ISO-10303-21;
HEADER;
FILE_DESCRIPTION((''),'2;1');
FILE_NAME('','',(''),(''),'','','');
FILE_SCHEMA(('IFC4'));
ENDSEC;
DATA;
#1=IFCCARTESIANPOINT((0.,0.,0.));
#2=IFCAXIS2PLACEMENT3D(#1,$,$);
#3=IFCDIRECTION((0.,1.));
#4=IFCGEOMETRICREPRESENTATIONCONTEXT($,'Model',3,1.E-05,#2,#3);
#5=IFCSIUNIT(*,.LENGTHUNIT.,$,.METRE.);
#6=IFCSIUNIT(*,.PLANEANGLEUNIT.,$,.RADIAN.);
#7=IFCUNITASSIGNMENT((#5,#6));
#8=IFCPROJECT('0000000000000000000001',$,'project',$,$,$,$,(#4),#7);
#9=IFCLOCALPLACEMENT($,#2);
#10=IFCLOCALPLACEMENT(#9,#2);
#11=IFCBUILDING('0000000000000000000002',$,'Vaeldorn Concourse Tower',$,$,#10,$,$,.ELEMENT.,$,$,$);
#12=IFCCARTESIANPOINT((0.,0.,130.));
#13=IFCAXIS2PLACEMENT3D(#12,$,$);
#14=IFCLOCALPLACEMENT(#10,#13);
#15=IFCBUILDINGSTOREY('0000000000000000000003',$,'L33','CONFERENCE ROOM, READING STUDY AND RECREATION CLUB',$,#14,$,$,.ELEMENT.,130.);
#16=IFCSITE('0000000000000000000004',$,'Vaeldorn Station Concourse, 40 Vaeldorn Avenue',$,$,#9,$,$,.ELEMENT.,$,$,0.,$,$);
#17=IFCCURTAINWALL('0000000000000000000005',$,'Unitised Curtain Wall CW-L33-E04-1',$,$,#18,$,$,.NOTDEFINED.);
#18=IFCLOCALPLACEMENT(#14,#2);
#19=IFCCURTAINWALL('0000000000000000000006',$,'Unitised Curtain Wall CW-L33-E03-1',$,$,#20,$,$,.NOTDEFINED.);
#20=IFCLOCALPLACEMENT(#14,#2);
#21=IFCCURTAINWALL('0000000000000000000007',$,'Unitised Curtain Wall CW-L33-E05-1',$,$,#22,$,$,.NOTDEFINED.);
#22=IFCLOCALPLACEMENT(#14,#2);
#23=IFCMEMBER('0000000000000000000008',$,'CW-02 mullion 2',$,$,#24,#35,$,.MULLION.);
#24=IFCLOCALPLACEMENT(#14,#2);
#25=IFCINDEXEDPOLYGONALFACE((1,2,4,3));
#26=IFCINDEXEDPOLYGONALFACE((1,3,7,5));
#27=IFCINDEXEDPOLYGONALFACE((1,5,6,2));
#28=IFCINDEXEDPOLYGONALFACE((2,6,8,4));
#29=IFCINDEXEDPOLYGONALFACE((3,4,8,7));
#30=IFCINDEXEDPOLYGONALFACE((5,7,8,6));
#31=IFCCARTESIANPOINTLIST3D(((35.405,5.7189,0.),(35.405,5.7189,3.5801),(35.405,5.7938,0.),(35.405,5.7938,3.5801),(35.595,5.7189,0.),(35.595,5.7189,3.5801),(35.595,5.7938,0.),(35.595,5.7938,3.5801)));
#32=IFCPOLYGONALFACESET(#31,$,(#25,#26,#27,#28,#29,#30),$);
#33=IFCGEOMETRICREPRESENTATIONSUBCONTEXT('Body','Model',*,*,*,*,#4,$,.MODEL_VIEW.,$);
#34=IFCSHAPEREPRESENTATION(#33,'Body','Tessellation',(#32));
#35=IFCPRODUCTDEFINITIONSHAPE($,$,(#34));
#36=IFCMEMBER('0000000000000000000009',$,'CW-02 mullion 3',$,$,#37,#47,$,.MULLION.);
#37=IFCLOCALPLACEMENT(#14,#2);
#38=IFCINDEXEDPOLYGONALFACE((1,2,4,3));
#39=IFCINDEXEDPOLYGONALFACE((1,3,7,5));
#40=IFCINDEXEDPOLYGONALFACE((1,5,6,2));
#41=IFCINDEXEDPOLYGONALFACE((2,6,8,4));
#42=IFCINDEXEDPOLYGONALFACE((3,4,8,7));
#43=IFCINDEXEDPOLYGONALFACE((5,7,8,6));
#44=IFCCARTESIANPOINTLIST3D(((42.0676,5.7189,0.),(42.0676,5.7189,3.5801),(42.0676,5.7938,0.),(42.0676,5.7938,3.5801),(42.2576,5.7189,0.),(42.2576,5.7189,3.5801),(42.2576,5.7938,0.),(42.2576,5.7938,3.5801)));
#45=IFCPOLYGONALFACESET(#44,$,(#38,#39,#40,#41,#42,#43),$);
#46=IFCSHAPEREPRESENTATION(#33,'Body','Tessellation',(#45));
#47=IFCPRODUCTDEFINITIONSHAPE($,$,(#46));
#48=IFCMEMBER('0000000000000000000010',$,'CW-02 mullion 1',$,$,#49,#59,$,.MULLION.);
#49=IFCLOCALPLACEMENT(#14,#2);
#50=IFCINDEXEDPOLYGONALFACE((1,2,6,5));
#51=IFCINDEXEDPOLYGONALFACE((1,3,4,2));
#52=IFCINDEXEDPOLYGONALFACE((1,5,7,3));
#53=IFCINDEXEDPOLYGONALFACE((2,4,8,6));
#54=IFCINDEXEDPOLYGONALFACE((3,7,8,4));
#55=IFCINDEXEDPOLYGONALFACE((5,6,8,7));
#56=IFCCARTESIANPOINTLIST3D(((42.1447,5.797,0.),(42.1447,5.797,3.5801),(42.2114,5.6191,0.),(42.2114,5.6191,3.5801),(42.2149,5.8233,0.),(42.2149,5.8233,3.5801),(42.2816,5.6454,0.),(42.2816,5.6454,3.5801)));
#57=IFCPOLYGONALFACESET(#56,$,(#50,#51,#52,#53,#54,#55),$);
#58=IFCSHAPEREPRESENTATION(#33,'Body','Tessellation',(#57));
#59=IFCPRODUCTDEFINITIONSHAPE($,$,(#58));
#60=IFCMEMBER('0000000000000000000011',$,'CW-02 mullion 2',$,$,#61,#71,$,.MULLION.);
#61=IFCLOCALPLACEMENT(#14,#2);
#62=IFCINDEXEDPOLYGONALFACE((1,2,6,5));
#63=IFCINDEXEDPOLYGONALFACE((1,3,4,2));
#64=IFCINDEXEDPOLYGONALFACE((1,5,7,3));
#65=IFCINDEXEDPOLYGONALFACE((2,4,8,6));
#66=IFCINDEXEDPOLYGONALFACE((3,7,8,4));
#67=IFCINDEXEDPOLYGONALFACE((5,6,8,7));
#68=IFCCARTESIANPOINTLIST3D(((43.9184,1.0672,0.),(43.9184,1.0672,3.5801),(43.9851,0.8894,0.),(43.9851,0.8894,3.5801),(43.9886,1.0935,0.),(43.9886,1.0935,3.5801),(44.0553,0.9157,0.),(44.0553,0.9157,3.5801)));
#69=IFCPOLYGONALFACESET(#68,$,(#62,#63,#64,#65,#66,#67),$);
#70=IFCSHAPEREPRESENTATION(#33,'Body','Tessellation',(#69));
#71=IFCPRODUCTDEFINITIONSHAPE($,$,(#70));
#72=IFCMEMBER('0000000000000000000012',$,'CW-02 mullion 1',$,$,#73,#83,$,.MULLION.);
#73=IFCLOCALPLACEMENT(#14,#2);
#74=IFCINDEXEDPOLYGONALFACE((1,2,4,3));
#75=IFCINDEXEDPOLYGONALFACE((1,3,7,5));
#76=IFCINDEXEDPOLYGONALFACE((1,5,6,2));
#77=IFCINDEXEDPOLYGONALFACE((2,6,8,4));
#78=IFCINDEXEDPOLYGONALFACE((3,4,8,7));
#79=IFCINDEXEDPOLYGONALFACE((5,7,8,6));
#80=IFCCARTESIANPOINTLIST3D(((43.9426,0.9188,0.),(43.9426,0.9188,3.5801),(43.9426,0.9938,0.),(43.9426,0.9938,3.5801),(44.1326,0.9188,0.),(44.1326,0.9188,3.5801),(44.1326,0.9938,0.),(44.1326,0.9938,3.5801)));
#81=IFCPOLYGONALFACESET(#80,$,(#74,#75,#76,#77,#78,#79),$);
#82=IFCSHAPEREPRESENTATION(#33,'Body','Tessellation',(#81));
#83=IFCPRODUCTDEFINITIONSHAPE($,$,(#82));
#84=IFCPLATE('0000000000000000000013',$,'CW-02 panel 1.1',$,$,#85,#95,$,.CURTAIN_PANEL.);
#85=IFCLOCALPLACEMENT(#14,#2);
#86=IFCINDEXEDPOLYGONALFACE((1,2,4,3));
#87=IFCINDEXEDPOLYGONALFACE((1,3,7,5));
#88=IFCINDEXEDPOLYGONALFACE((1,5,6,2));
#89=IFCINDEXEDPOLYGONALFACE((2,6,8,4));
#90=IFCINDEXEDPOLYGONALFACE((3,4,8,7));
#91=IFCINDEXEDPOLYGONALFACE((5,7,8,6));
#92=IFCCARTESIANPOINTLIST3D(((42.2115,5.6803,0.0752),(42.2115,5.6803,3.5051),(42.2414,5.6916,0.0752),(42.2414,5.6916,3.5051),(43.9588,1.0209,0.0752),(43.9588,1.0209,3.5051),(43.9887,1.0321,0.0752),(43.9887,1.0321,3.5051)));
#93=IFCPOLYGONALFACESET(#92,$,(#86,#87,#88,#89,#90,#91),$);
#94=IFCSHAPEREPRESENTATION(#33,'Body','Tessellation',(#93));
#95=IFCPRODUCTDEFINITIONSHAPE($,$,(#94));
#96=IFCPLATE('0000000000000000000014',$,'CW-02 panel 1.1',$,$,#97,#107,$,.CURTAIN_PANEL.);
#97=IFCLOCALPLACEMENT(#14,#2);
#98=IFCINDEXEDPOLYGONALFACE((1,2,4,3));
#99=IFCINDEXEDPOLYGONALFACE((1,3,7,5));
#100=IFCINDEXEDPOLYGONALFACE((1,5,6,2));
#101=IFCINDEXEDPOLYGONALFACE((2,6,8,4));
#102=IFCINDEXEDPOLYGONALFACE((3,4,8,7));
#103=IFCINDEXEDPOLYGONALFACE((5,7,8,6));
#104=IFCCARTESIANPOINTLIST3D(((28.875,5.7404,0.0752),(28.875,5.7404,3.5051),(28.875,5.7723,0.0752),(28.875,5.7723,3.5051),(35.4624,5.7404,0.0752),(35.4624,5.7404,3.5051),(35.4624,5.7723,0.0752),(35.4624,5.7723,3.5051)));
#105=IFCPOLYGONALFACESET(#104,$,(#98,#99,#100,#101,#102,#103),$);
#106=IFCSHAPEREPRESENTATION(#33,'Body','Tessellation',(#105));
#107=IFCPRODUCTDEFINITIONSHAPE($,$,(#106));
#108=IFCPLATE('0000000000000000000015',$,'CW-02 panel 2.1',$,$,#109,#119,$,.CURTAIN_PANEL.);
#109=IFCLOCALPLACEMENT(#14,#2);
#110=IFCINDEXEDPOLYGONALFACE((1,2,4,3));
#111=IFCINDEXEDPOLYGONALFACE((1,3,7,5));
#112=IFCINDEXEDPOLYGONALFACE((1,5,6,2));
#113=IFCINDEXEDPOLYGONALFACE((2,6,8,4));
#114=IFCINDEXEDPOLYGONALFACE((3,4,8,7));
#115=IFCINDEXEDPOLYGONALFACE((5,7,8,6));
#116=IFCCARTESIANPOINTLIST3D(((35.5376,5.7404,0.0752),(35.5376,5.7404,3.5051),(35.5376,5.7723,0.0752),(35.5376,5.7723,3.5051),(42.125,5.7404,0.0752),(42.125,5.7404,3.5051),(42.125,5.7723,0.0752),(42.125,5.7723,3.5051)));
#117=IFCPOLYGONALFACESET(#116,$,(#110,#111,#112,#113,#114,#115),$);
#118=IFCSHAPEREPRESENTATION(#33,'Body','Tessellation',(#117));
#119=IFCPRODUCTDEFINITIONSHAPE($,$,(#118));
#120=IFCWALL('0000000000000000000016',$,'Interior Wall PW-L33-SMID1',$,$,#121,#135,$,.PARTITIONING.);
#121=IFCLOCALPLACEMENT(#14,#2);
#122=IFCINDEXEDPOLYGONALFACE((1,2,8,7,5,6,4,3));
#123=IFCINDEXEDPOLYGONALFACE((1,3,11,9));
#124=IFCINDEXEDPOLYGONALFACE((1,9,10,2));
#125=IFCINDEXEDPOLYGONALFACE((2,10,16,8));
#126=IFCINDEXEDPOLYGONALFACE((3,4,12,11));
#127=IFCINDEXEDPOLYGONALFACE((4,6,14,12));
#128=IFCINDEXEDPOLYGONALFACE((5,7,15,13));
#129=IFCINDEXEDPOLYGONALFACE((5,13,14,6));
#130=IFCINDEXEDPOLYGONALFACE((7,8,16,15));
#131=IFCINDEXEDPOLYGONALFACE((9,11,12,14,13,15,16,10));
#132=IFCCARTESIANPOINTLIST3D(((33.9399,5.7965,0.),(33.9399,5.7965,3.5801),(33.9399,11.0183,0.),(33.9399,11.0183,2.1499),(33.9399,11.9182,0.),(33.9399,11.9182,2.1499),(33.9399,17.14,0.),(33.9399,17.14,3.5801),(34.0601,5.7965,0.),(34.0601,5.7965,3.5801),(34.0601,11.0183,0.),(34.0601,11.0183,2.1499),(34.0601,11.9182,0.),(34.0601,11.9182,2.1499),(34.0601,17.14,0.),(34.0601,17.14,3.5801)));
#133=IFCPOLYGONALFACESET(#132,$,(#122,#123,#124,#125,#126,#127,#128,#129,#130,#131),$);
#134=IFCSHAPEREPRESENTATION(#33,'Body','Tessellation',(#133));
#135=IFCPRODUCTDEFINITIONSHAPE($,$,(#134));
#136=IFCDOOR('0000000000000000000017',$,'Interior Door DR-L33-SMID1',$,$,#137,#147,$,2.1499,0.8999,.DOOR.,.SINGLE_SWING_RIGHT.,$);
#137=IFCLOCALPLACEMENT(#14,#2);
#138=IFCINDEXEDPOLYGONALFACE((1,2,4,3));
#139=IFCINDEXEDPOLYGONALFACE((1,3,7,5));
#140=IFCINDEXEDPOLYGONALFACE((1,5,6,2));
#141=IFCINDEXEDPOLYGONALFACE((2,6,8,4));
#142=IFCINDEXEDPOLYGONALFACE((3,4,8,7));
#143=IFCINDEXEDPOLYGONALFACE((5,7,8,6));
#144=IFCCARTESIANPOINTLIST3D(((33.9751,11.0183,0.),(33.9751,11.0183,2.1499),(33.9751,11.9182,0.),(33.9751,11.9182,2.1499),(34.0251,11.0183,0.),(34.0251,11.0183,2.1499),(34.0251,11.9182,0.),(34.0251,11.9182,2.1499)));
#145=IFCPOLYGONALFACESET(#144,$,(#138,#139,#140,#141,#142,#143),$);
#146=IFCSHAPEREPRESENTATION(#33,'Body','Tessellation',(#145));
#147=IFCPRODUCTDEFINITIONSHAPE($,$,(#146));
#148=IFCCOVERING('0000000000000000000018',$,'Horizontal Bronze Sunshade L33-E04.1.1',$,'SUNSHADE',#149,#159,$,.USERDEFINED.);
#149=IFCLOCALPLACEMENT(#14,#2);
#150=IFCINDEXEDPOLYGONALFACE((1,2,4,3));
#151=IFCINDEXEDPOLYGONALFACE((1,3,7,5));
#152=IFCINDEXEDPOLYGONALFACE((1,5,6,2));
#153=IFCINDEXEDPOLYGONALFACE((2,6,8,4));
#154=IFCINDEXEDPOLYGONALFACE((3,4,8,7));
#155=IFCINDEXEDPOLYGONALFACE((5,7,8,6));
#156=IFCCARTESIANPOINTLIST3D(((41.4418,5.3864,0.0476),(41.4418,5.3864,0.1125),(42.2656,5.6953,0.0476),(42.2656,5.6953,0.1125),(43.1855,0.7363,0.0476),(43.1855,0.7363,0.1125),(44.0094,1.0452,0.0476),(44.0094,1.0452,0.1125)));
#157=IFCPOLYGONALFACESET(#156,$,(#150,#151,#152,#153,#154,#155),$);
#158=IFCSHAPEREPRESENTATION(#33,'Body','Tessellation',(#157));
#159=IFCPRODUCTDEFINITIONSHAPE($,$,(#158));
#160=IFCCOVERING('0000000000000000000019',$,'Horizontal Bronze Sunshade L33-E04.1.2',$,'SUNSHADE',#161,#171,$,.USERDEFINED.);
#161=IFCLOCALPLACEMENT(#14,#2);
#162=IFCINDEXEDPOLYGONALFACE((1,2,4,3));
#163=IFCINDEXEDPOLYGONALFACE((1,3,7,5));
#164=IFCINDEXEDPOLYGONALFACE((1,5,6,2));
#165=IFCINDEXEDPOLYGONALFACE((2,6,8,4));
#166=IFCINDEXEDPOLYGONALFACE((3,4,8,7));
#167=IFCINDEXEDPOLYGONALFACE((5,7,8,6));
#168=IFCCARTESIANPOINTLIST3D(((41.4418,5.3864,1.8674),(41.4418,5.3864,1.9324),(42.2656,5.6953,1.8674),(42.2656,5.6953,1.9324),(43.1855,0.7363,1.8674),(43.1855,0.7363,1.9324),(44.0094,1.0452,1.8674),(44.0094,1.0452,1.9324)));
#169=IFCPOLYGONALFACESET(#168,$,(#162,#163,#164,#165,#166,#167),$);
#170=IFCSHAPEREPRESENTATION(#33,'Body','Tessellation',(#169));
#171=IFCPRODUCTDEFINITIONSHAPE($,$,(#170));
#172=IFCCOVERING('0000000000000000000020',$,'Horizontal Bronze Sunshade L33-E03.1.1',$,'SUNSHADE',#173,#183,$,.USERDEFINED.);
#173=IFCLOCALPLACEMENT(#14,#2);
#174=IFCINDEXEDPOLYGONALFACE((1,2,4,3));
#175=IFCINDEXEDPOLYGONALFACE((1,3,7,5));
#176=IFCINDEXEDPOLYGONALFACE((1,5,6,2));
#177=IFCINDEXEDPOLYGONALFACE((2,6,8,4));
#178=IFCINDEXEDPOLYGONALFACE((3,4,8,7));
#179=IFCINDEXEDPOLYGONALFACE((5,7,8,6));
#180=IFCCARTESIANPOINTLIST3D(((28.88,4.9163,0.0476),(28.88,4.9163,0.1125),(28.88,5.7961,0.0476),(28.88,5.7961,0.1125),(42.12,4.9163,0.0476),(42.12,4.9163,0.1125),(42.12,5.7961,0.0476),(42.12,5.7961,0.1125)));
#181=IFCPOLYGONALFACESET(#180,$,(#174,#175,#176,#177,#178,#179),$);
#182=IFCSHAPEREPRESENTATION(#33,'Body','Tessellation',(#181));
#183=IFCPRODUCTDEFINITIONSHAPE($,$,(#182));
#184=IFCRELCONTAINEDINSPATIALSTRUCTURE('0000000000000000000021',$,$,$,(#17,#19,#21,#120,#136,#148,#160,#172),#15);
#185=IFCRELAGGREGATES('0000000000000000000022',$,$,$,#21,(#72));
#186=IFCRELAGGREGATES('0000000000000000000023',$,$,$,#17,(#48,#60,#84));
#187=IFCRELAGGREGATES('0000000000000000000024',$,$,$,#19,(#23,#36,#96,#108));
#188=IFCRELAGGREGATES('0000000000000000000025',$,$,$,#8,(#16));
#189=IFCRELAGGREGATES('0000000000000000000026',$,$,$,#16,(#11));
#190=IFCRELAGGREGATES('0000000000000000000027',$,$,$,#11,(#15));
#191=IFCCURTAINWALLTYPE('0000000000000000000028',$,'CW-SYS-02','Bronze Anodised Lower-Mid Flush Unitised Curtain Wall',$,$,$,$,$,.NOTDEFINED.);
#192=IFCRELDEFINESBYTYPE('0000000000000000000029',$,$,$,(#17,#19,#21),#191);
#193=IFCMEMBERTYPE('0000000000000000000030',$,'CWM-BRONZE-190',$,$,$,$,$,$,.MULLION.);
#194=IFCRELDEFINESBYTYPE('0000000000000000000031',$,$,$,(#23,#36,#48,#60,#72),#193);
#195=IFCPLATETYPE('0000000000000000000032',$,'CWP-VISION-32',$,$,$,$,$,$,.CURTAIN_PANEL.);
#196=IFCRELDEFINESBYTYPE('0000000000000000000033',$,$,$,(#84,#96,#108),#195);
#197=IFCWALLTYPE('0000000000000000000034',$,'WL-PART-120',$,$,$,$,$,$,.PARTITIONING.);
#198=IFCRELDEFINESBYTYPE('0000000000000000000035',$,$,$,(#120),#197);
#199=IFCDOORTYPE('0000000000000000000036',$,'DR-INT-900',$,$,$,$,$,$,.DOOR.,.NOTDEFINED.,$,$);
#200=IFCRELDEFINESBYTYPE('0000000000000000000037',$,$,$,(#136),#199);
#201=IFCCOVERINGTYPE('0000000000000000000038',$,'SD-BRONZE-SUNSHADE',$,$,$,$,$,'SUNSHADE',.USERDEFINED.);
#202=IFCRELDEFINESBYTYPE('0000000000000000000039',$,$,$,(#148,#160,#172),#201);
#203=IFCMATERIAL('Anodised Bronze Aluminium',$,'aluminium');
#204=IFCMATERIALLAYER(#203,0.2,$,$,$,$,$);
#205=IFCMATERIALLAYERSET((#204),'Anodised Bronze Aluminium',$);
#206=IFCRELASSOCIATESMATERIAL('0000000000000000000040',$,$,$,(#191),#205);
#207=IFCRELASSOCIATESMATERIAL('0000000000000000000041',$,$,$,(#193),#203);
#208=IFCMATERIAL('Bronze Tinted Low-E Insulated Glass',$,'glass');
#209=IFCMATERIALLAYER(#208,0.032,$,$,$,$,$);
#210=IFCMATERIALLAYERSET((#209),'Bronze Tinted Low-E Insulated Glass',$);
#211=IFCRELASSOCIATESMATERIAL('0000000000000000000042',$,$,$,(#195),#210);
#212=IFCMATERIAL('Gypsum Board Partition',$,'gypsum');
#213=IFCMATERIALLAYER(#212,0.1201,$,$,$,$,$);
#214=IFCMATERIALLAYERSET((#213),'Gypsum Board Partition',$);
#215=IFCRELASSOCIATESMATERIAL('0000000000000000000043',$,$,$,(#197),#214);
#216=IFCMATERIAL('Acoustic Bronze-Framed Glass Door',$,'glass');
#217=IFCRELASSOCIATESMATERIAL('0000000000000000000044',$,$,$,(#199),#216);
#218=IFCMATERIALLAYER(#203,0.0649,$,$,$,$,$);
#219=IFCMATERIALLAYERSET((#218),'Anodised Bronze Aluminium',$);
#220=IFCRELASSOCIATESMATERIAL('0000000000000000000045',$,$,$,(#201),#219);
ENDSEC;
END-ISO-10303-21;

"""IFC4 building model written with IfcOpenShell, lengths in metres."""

from ifc_helpers import new_model, si_unit, direction, frame, frame_2d, origin, origin_2d, place, context, subcontext, project, spatial, rectangle, extrude, source, transform, mapped, material, layer, layer_set, material_profile, profile_set, type_object, element, fill, aggregate, save


model = new_model("IFC4")

# Units and contexts
model_context = context("Model", 3, precision=1e-05, world=origin(), true_north=direction((0.0, 1.0)))
body_context = subcontext(model_context, "Body", "Model", "MODEL_VIEW")
ifc_project = project(units=[si_unit("LENGTHUNIT", "METRE"), si_unit("PLANEANGLEUNIT", "RADIAN")], contexts=[model_context])

# Site, building, storey
site_placement = place(None, origin())
site = spatial("IfcSite", under=ifc_project, at=site_placement, Name="Vaeldorn Station Concourse, 40 Vaeldorn Avenue", CompositionType="ELEMENT", RefElevation=0.0)
building_placement = place(site_placement, origin())
building = spatial("IfcBuilding", under=site, at=building_placement, Name="Vaeldorn Concourse Tower", CompositionType="ELEMENT")
storey_placement = place(building_placement, frame((0.0, 0.0, 130.0)))
storey = spatial("IfcBuildingStorey", under=building, at=storey_placement, Name="L33", Description="CONFERENCE ROOM, READING STUDY AND RECREATION CLUB", CompositionType="ELEMENT", Elevation=130.0)

# Curtain walls
ifc_material_1 = material(Name="Anodised Bronze Aluminium", Category="aluminium")
ifc_layer_1 = layer(ifc_material_1, 0.2)
ifc_layer_set_1 = layer_set([ifc_layer_1], Name="Anodised Bronze Aluminium")
curtain_wall_type = type_object("IfcCurtainWallType", Name="CW-SYS-02", Description="Bronze Anodised Lower-Mid Flush Unitised Curtain Wall", PredefinedType="NOTDEFINED", material=ifc_layer_set_1)
curtain_wall_1_placement = place(storey_placement, origin())
curtain_wall_1 = element("IfcCurtainWall", 1, at=curtain_wall_1_placement, inside=storey, type_object=curtain_wall_type, Name="Unitised Curtain Wall CW-L33-E04-1", PredefinedType="NOTDEFINED")
curtain_wall_2_placement = place(storey_placement, origin())
curtain_wall_2 = element("IfcCurtainWall", 2, at=curtain_wall_2_placement, inside=storey, type_object=curtain_wall_type, Name="Unitised Curtain Wall CW-L33-E03-1", PredefinedType="NOTDEFINED")
curtain_wall_3_placement = place(storey_placement, origin())
curtain_wall_3 = element("IfcCurtainWall", 3, at=curtain_wall_3_placement, inside=storey, type_object=curtain_wall_type, Name="Unitised Curtain Wall CW-L33-E05-1", PredefinedType="NOTDEFINED")

# Members
ifc_material_profile_1 = material_profile(ifc_material_1, rectangle(XDim=0.075, YDim=0.1899, at=origin_2d()), Name="CWM 75x190")
ifc_profile_set_1 = profile_set([ifc_material_profile_1], Name="Anodised Bronze Aluminium")
member_type_1 = type_object("IfcMemberType", Name="CWM-BRONZE-190", PredefinedType="MULLION", material=ifc_profile_set_1)
shared_shape_1 = source(origin(), body_context, "Body", "SweptSolid", [
    extrude(rectangle(XDim=0.075, YDim=0.1899, at=origin_2d()), origin(), (0.0, 0.0, 1.0), 3.5801),
])
member_1_placement = place(storey_placement, frame((35.5, 5.7563, 0.0), z_axis=(0.0, 0.0, 1.0), x_axis=(0.0, 1.0, 0.0)))
member_1 = element("IfcMember", 4, at=member_1_placement, type_object=member_type_1, Name="CW-02 mullion 2", PredefinedType="MULLION", context=body_context, shape_type="MappedRepresentation", body=[
    mapped(shared_shape_1, transform((0.0, 0.0, 0.0), scale=1.0)),
])
member_2_placement = place(storey_placement, frame((42.1626, 5.7563, 0.0), z_axis=(0.0, 0.0, 1.0), x_axis=(0.0, 1.0, 0.0)))
member_2 = element("IfcMember", 5, at=member_2_placement, type_object=member_type_1, Name="CW-02 mullion 3", PredefinedType="MULLION", context=body_context, shape_type="MappedRepresentation", body=[
    mapped(shared_shape_1, transform((0.0, 0.0, 0.0), scale=1.0)),
])
member_3_placement = place(storey_placement, frame((42.2131, 5.7212, 0.0), z_axis=(0.0, 0.0, 1.0), x_axis=(0.936329, 0.351123, 0.0)))
member_3 = element("IfcMember", 6, at=member_3_placement, type_object=member_type_1, Name="CW-02 mullion 1", PredefinedType="MULLION", context=body_context, shape_type="MappedRepresentation", body=[
    mapped(shared_shape_1, transform((0.0, 0.0, 0.0), scale=1.0)),
])
member_4_placement = place(storey_placement, frame((43.9868, 0.9915, 0.0), z_axis=(0.0, 0.0, 1.0), x_axis=(0.936329, 0.351123, 0.0)))
member_4 = element("IfcMember", 7, at=member_4_placement, type_object=member_type_1, Name="CW-02 mullion 2", PredefinedType="MULLION", context=body_context, shape_type="MappedRepresentation", body=[
    mapped(shared_shape_1, transform((0.0, 0.0, 0.0), scale=1.0)),
])
member_5_placement = place(storey_placement, frame((44.0376, 0.9563, 0.0), z_axis=(0.0, 0.0, 1.0), x_axis=(0.0, 1.0, 0.0)))
member_5 = element("IfcMember", 8, at=member_5_placement, type_object=member_type_1, Name="CW-02 mullion 1", PredefinedType="MULLION", context=body_context, shape_type="MappedRepresentation", body=[
    mapped(shared_shape_1, transform((0.0, 0.0, 0.0), scale=1.0)),
])
aggregate(curtain_wall_3, [member_5])

# Plates
ifc_material_2 = material(Name="Bronze Tinted Low-E Insulated Glass", Category="glass")
ifc_layer_2 = layer(ifc_material_2, 0.032)
ifc_layer_set_2 = layer_set([ifc_layer_2], Name="Bronze Tinted Low-E Insulated Glass")
plate_type = type_object("IfcPlateType", Name="CWP-VISION-32", PredefinedType="CURTAIN_PANEL", material=ifc_layer_set_2)
shared_shape_2 = source(origin(), body_context, "Body", "SweptSolid", [
    extrude(rectangle(XDim=4.9763, YDim=0.032, at=origin_2d()), origin(), (0.0, 0.0, 1.0), 3.4299),
])
plate_1_placement = place(storey_placement, frame((43.1001, 3.3562, 0.0752), z_axis=(0.0, 0.0, 1.0), x_axis=(0.351123, -0.936329, 0.0)))
plate_1 = element("IfcPlate", 9, at=plate_1_placement, type_object=plate_type, Name="CW-02 panel 1.1", PredefinedType="CURTAIN_PANEL", context=body_context, shape_type="MappedRepresentation", body=[
    mapped(shared_shape_2, transform((0.0, 0.0, 0.0), scale=1.0)),
])
aggregate(curtain_wall_1, [member_3, member_4, plate_1])
shared_shape_3 = source(origin(), body_context, "Body", "SweptSolid", [
    extrude(rectangle(XDim=6.5874, YDim=0.032, at=origin_2d()), origin(), (0.0, 0.0, 1.0), 3.4299),
])
plate_2_placement = place(storey_placement, frame((32.1687, 5.7563, 0.0752), z_axis=(0.0, 0.0, 1.0), x_axis=(1.0, 0.0, 0.0)))
plate_2 = element("IfcPlate", 10, at=plate_2_placement, type_object=plate_type, Name="CW-02 panel 1.1", PredefinedType="CURTAIN_PANEL", context=body_context, shape_type="MappedRepresentation", body=[
    mapped(shared_shape_3, transform((0.0, 0.0, 0.0), scale=1.0)),
])
plate_3_placement = place(storey_placement, frame((38.8313, 5.7563, 0.0752), z_axis=(0.0, 0.0, 1.0), x_axis=(1.0, 0.0, 0.0)))
plate_3 = element("IfcPlate", 11, at=plate_3_placement, type_object=plate_type, Name="CW-02 panel 2.1", PredefinedType="CURTAIN_PANEL", context=body_context, shape_type="MappedRepresentation", body=[
    mapped(shared_shape_3, transform((0.0, 0.0, 0.0), scale=1.0)),
])
aggregate(curtain_wall_2, [member_1, member_2, plate_2, plate_3])

# Wall, opening, door
ifc_material_3 = material(Name="Gypsum Board Partition", Category="gypsum")
ifc_layer_3 = layer(ifc_material_3, 0.1201)
ifc_layer_set_3 = layer_set([ifc_layer_3], Name="Gypsum Board Partition")
wall_type = type_object("IfcWallType", Name="WL-PART-120", PredefinedType="PARTITIONING", material=ifc_layer_set_3)
wall_placement = place(storey_placement, frame((34.0, 5.7964, 0.0), z_axis=(0.0, 0.0, 1.0), x_axis=(0.0, 1.0, 0.0)))
wall = element("IfcWall", 12, at=wall_placement, inside=storey, type_object=wall_type, Name="Interior Wall PW-L33-SMID1", PredefinedType="PARTITIONING", context=body_context, shape_type="SweptSolid", body=[
    extrude(rectangle(XDim=11.3435, YDim=0.1201, at=frame_2d((5.6719, 0.0))), origin(), (0.0, 0.0, 1.0), 3.5801),
])
opening_placement = place(wall_placement, frame((5.2219, 0.0, 0.0)))
opening = element("IfcOpeningElement", 13, at=opening_placement, cuts=wall, PredefinedType="OPENING", context=body_context, shape_type="SweptSolid", body=[
    extrude(rectangle(XDim=0.8999, YDim=2.1499, at=frame_2d((0.45, 1.075))), frame((0.0, 0.0701, 0.0), z_axis=(0.0, -1.0, 0.0), x_axis=(1.0, 0.0, 0.0)), (0.0, 0.0, 1.0), 0.1401),
])
ifc_material_4 = material(Name="Acoustic Bronze-Framed Glass Door", Category="glass")
door_type = type_object("IfcDoorType", Name="DR-INT-900", OperationType="NOTDEFINED", PredefinedType="DOOR", material=ifc_material_4)
shared_shape_4 = source(origin(), body_context, "Body", "SweptSolid", [
    extrude(rectangle(XDim=0.8999, YDim=2.1499, at=frame_2d((0.45, 1.075))), frame((0.0, 0.0249, 0.0), z_axis=(0.0, -1.0, 0.0), x_axis=(1.0, 0.0, 0.0)), (0.0, 0.0, 1.0), 0.05),
])
door_placement = place(opening_placement, origin())
door = element("IfcDoor", 14, at=door_placement, inside=storey, type_object=door_type, Name="Interior Door DR-L33-SMID1", OperationType="SINGLE_SWING_RIGHT", OverallHeight=2.1499, OverallWidth=0.8999, PredefinedType="DOOR", context=body_context, shape_type="MappedRepresentation", body=[
    mapped(shared_shape_4, transform((0.0, 0.0, 0.0), scale=1.0)),
])
fill(opening, door)

# Coverings
ifc_layer_4 = layer(ifc_material_1, 0.0649)
ifc_layer_set_4 = layer_set([ifc_layer_4], Name="Anodised Bronze Aluminium")
covering_type = type_object("IfcCoveringType", Name="SD-BRONZE-SUNSHADE", ElementType="SUNSHADE", PredefinedType="USERDEFINED", material=ifc_layer_set_4)
shared_shape_5 = source(origin(), body_context, "Body", "SweptSolid", [
    extrude(rectangle(XDim=4.9663, YDim=0.8799, at=origin_2d()), origin(), (0.0, 0.0, 1.0), 0.0649),
])
for number, where, z_axis, x_axis, name in (
    (15, (42.7256, 3.2158, 0.0476), (0.0, 0.0, 1.0), (0.351123, -0.936329, 0.0), "Horizontal Bronze Sunshade L33-E04.1.1"),
    (16, (42.7256, 3.2158, 1.8674), (0.0, 0.0, 1.0), (0.351123, -0.936329, 0.0), "Horizontal Bronze Sunshade L33-E04.1.2"),
):
    element("IfcCovering", number, at=place(storey_placement, frame(where, z_axis=z_axis, x_axis=x_axis)), inside=storey, type_object=covering_type, Name=name, ObjectType="SUNSHADE", PredefinedType="USERDEFINED", context=body_context, shape_type="MappedRepresentation", body=[
        mapped(shared_shape_5, transform((0.0, 0.0, 0.0), scale=1.0)),
    ])
shared_shape_6 = source(origin(), body_context, "Body", "SweptSolid", [
    extrude(rectangle(XDim=13.24, YDim=0.8799, at=origin_2d()), origin(), (0.0, 0.0, 1.0), 0.0649),
])
for number, where, z_axis, x_axis, name in (
    (17, (35.5, 5.3562, 0.0476), (0.0, 0.0, 1.0), (1.0, 0.0, 0.0), "Horizontal Bronze Sunshade L33-E03.1.1"),
):
    element("IfcCovering", number, at=place(storey_placement, frame(where, z_axis=z_axis, x_axis=x_axis)), inside=storey, type_object=covering_type, Name=name, ObjectType="SUNSHADE", PredefinedType="USERDEFINED", context=body_context, shape_type="MappedRepresentation", body=[
        mapped(shared_shape_6, transform((0.0, 0.0, 0.0), scale=1.0)),
    ])

save(model, "model.ifc")
